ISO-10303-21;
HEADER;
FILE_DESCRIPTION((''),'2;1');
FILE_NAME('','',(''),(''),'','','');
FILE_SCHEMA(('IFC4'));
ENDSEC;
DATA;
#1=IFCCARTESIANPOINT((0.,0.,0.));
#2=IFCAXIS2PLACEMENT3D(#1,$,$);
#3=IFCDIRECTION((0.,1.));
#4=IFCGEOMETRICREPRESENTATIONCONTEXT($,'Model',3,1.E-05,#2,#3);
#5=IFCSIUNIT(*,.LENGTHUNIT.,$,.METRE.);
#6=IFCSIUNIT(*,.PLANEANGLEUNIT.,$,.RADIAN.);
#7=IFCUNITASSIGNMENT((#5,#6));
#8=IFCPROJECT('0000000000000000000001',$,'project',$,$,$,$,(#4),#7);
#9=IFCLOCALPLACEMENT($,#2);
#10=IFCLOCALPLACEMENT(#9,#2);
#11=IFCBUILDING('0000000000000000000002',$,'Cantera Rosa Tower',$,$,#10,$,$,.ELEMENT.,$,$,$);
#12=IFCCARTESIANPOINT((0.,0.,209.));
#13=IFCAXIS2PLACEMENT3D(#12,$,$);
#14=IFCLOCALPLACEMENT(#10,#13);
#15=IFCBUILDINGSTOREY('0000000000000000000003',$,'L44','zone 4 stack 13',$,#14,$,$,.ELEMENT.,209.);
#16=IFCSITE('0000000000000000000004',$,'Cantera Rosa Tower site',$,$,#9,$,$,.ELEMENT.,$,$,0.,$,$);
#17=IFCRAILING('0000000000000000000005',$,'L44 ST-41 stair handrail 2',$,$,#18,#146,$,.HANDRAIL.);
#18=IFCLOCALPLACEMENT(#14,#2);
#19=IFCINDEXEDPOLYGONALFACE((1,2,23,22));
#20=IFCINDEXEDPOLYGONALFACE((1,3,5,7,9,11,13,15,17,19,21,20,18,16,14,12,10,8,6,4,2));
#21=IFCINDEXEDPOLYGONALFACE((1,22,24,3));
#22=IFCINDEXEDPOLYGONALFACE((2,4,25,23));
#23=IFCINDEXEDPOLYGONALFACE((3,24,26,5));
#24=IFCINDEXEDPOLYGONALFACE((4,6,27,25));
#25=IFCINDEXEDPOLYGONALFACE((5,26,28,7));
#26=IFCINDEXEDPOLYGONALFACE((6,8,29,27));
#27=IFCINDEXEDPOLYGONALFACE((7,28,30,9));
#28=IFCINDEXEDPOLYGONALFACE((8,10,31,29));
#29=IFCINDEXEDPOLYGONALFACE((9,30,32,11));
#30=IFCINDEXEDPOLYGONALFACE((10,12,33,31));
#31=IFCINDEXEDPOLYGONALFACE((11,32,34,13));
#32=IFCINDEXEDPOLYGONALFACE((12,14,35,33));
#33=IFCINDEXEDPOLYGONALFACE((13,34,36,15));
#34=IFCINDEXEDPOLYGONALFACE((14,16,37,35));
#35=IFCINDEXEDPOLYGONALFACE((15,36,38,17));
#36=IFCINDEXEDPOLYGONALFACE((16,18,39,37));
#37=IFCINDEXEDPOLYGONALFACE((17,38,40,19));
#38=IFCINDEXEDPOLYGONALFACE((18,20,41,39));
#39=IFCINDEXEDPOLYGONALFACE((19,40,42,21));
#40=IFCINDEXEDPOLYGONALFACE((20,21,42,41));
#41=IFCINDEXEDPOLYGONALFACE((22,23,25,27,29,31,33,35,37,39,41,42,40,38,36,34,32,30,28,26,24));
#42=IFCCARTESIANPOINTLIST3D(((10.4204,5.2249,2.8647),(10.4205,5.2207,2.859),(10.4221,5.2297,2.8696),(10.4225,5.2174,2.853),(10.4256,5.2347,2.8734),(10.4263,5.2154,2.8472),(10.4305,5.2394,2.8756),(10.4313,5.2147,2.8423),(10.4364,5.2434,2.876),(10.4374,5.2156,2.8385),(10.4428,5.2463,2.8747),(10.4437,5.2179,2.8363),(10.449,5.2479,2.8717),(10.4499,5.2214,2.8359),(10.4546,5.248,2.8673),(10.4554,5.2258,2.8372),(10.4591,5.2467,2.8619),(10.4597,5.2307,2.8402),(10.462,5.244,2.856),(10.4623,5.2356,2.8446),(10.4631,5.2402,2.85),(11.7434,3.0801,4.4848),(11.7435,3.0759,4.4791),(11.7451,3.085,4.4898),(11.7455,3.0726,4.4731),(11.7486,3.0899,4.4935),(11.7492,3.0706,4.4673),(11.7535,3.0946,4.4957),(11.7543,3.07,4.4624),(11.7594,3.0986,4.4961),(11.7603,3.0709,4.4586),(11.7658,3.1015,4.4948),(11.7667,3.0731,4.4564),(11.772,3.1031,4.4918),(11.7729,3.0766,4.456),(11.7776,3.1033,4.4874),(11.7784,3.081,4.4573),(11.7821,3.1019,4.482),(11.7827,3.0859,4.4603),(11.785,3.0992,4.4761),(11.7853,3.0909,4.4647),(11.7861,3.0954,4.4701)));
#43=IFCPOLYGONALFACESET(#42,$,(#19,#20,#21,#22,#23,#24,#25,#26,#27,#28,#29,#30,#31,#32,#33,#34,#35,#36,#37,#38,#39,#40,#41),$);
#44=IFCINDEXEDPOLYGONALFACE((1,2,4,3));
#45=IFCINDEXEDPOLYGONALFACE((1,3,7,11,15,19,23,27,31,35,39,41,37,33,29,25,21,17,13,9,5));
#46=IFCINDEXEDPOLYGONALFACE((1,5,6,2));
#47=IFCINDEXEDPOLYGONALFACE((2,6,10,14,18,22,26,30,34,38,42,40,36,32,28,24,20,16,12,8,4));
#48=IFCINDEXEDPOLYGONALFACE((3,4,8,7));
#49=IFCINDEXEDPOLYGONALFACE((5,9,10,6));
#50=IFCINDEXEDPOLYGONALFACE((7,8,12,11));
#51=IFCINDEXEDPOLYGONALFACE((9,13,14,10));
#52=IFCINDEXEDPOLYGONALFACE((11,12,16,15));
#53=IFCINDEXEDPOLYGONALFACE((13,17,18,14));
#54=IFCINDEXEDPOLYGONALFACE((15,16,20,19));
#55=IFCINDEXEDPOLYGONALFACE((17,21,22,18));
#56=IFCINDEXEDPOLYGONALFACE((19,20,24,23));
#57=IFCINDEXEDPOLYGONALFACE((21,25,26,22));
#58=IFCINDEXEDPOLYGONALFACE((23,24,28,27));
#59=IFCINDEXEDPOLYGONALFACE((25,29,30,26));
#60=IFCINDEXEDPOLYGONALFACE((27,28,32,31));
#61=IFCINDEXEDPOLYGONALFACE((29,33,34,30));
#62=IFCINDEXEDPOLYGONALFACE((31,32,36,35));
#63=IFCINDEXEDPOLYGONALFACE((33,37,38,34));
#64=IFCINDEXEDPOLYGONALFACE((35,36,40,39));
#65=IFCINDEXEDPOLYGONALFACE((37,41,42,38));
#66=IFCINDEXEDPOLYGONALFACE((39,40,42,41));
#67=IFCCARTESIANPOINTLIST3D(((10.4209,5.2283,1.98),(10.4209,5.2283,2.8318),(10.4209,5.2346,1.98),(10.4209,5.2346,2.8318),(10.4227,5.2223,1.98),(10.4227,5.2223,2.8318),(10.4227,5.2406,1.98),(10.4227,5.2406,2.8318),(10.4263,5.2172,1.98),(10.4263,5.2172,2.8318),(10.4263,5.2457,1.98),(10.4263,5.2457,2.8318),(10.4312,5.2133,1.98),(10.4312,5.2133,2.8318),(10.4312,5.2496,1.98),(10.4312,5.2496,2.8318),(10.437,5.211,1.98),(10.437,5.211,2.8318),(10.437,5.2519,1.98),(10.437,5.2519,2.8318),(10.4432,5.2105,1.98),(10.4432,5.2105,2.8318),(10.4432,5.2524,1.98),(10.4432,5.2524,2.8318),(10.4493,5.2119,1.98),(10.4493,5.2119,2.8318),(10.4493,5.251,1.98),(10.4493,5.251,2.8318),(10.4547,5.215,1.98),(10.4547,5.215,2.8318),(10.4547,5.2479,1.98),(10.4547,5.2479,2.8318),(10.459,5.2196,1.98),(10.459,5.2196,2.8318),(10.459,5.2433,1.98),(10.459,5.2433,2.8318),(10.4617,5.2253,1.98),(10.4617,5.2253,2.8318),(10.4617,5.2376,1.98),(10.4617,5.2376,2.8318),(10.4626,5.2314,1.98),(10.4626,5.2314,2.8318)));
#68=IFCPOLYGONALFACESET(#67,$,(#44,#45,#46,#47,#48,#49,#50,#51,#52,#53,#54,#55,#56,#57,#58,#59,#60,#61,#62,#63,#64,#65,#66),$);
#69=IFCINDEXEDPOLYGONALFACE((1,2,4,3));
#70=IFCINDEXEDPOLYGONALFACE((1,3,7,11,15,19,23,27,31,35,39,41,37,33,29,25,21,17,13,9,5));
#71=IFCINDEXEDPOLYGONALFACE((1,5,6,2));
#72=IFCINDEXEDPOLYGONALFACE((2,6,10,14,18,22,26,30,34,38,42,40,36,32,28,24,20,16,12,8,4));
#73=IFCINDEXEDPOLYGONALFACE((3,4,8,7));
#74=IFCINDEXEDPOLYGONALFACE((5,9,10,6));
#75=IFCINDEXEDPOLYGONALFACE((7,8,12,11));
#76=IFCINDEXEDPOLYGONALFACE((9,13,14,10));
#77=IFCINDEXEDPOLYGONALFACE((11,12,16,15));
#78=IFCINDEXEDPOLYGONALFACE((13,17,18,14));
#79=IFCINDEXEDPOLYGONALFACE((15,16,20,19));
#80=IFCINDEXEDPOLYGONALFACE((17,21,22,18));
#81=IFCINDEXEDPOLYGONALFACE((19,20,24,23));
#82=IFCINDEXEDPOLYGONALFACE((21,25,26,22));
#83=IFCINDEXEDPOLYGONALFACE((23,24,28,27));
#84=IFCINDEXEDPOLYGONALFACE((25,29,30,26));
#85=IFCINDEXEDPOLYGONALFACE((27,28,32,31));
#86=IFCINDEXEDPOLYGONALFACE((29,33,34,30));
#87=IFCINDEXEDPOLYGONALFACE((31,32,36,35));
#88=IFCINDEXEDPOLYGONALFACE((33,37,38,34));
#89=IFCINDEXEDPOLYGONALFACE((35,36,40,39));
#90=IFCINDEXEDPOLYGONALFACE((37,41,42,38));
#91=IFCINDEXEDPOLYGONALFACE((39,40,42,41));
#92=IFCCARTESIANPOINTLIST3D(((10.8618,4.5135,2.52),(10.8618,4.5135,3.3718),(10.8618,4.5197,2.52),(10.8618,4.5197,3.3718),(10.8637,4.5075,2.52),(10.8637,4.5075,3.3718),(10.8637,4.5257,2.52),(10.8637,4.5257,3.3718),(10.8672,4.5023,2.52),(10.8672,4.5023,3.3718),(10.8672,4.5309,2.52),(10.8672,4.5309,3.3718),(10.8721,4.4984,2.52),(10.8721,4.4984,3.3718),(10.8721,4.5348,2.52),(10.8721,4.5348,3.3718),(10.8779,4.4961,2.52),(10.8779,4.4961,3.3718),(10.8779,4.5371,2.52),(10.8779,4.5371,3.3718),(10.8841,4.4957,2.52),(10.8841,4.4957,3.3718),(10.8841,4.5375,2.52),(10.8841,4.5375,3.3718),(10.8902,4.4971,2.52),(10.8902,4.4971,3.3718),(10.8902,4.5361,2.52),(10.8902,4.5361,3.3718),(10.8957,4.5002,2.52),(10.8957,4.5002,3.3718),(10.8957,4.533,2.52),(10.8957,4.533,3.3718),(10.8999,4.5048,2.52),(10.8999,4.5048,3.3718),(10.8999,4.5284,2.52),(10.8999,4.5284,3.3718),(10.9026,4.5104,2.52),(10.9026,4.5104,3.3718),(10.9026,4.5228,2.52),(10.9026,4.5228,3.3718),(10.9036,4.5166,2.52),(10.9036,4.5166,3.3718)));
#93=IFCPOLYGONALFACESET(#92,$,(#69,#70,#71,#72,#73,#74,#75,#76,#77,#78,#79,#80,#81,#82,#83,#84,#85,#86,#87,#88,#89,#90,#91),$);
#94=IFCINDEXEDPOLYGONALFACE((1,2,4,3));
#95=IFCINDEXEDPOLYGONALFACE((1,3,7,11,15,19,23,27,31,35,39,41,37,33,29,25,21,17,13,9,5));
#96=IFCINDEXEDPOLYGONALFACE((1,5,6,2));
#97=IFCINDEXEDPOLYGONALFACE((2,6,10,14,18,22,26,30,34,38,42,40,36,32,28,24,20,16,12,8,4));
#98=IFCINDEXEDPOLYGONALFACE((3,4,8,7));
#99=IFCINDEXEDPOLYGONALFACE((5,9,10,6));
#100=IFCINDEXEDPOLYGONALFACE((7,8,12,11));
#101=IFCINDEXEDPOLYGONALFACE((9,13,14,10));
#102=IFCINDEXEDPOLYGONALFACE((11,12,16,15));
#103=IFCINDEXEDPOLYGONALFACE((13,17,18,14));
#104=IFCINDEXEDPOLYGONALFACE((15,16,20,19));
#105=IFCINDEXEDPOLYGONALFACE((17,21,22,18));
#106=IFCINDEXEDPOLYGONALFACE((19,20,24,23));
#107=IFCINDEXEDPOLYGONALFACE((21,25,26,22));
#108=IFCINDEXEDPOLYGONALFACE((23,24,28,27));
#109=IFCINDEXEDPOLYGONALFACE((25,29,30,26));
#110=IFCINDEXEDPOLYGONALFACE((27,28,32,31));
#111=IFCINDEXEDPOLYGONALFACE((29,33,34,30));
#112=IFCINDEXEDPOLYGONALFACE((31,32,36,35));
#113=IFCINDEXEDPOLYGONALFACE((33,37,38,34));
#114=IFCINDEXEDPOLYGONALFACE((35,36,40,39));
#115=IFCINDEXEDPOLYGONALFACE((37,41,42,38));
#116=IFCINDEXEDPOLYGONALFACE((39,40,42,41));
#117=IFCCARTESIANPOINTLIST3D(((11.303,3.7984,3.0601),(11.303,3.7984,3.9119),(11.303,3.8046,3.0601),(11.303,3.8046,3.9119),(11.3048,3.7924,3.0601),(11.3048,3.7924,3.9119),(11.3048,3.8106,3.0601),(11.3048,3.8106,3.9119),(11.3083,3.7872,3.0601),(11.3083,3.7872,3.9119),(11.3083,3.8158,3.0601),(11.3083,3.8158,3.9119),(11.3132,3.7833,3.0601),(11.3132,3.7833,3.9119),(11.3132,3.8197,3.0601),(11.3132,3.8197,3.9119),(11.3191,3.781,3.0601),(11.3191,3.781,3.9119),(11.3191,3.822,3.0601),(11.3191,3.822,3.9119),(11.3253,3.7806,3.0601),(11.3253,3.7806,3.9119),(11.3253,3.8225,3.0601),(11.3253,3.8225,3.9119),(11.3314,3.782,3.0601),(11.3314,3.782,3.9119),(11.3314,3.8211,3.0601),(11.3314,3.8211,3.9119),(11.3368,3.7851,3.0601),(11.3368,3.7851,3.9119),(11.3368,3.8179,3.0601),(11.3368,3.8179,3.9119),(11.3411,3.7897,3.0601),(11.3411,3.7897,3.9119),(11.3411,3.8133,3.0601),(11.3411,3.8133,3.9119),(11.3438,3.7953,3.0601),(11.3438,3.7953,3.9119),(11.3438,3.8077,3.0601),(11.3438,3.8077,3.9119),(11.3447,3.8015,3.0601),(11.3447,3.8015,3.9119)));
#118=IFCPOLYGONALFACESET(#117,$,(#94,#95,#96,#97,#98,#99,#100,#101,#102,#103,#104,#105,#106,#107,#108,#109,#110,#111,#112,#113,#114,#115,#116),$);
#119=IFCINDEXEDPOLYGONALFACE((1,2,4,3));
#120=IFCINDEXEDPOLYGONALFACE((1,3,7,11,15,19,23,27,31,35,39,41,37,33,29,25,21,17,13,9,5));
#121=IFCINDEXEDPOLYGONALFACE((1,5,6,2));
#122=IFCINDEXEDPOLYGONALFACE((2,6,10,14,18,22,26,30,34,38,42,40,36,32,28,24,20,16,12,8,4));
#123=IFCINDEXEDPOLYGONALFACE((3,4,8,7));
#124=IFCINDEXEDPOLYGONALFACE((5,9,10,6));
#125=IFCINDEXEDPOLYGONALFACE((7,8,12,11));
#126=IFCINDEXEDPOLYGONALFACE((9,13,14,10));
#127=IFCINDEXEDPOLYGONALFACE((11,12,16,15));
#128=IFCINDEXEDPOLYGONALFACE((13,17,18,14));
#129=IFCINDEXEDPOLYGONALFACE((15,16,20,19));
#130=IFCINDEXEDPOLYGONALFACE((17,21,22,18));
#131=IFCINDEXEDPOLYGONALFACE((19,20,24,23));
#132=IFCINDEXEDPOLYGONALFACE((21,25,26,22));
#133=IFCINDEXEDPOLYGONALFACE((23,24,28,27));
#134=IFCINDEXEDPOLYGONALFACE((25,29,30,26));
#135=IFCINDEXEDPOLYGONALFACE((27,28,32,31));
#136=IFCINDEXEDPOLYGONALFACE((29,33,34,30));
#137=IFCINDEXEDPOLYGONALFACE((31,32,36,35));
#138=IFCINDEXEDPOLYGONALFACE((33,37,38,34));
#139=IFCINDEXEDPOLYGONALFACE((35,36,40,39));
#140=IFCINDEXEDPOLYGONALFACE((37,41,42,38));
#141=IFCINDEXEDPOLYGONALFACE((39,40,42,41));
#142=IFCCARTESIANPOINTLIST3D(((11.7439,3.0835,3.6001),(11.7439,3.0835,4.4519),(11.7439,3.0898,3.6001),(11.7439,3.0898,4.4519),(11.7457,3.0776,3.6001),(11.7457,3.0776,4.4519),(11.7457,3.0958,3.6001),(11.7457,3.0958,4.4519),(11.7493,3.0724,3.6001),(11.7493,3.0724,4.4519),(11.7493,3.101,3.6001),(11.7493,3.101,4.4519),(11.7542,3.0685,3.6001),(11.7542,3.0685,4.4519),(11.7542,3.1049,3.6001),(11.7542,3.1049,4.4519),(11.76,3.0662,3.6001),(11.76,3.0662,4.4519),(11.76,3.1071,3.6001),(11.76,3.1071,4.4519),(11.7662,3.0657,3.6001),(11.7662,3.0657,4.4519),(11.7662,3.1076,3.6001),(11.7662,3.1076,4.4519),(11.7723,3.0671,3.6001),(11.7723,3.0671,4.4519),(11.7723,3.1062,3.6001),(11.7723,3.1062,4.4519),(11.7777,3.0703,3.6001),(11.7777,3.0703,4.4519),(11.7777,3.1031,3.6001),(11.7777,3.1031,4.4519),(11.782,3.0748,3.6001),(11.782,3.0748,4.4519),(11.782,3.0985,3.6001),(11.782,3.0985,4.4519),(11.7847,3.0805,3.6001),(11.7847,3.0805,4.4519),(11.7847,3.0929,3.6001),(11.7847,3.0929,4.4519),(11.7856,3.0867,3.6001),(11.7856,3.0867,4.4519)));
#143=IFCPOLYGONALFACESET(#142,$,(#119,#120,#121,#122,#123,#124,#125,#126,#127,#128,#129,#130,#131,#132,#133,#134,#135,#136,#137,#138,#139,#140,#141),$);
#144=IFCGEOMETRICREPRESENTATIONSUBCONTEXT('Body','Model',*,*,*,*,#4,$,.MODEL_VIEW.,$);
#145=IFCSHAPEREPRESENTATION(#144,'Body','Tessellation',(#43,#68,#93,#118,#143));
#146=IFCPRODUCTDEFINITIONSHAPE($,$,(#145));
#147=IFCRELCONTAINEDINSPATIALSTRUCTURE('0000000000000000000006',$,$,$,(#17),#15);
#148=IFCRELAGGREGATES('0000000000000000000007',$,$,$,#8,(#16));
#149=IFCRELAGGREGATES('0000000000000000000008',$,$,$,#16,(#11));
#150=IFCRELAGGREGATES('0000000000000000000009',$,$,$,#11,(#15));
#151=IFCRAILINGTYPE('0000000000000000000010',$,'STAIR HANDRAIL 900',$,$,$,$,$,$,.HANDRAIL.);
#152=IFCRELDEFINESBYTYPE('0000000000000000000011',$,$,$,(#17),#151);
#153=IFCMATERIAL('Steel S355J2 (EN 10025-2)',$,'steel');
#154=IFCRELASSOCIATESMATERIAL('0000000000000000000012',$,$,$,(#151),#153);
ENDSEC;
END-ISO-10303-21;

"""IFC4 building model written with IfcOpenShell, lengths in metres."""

from ifc_helpers import new_model, si_unit, direction, frame, origin, origin_2d, place, context, subcontext, project, spatial, circle, extrude, material, type_object, element, save


model = new_model("IFC4")

# Units and contexts
model_context = context("Model", 3, precision=1e-05, world=origin(), true_north=direction((0.0, 1.0)))
body_context = subcontext(model_context, "Body", "Model", "MODEL_VIEW")
ifc_project = project(units=[si_unit("LENGTHUNIT", "METRE"), si_unit("PLANEANGLEUNIT", "RADIAN")], contexts=[model_context])

# Site, building, storey
site_placement = place(None, origin())
site = spatial("IfcSite", under=ifc_project, at=site_placement, Name="Cantera Rosa Tower site", CompositionType="ELEMENT", RefElevation=0.0)
building_placement = place(site_placement, origin())
building = spatial("IfcBuilding", under=site, at=building_placement, Name="Cantera Rosa Tower", CompositionType="ELEMENT")
storey_placement = place(building_placement, frame((0.0, 0.0, 209.0)))
storey = spatial("IfcBuildingStorey", under=building, at=storey_placement, Name="L44", Description="zone 4 stack 13", CompositionType="ELEMENT", Elevation=209.0)

# Railing
ifc_material_1 = material(Name="Steel S355J2 (EN 10025-2)", Category="steel")
railing_type_1 = type_object("IfcRailingType", Name="STAIR HANDRAIL 900", PredefinedType="HANDRAIL", material=ifc_material_1)
railing_1_placement = place(storey_placement, frame((10.4417, 5.2314, 1.98)))
element("IfcRailing", 1, at=railing_1_placement, inside=storey, type_object=railing_type_1, Name="L44 ST-41 stair handrail 2", PredefinedType="HANDRAIL", context=body_context, shape_type="SweptSolid", body=[
    extrude(circle(Radius=0.0239, at=origin_2d()), frame((0.0, 0.0, 0.876), z_axis=(0.441609, -0.715914, 0.540786), x_axis=(0.851102, 0.525, 0.0)), (0.0, 0.0, 1.0), 2.9958),
    extrude(circle(Radius=0.021, at=origin_2d()), origin(), (0.0, 0.0, 1.0), 0.8518),
    extrude(circle(Radius=0.021, at=origin_2d()), frame((0.4409, -0.7148, 0.54)), (0.0, 0.0, 1.0), 0.8518),
    extrude(circle(Radius=0.021, at=origin_2d()), frame((0.8821, -1.4299, 1.0801)), (0.0, 0.0, 1.0), 0.8518),
    extrude(circle(Radius=0.021, at=origin_2d()), frame((1.323, -2.1448, 1.6201)), (0.0, 0.0, 1.0), 0.8518),
])

save(model, "model.ifc")
